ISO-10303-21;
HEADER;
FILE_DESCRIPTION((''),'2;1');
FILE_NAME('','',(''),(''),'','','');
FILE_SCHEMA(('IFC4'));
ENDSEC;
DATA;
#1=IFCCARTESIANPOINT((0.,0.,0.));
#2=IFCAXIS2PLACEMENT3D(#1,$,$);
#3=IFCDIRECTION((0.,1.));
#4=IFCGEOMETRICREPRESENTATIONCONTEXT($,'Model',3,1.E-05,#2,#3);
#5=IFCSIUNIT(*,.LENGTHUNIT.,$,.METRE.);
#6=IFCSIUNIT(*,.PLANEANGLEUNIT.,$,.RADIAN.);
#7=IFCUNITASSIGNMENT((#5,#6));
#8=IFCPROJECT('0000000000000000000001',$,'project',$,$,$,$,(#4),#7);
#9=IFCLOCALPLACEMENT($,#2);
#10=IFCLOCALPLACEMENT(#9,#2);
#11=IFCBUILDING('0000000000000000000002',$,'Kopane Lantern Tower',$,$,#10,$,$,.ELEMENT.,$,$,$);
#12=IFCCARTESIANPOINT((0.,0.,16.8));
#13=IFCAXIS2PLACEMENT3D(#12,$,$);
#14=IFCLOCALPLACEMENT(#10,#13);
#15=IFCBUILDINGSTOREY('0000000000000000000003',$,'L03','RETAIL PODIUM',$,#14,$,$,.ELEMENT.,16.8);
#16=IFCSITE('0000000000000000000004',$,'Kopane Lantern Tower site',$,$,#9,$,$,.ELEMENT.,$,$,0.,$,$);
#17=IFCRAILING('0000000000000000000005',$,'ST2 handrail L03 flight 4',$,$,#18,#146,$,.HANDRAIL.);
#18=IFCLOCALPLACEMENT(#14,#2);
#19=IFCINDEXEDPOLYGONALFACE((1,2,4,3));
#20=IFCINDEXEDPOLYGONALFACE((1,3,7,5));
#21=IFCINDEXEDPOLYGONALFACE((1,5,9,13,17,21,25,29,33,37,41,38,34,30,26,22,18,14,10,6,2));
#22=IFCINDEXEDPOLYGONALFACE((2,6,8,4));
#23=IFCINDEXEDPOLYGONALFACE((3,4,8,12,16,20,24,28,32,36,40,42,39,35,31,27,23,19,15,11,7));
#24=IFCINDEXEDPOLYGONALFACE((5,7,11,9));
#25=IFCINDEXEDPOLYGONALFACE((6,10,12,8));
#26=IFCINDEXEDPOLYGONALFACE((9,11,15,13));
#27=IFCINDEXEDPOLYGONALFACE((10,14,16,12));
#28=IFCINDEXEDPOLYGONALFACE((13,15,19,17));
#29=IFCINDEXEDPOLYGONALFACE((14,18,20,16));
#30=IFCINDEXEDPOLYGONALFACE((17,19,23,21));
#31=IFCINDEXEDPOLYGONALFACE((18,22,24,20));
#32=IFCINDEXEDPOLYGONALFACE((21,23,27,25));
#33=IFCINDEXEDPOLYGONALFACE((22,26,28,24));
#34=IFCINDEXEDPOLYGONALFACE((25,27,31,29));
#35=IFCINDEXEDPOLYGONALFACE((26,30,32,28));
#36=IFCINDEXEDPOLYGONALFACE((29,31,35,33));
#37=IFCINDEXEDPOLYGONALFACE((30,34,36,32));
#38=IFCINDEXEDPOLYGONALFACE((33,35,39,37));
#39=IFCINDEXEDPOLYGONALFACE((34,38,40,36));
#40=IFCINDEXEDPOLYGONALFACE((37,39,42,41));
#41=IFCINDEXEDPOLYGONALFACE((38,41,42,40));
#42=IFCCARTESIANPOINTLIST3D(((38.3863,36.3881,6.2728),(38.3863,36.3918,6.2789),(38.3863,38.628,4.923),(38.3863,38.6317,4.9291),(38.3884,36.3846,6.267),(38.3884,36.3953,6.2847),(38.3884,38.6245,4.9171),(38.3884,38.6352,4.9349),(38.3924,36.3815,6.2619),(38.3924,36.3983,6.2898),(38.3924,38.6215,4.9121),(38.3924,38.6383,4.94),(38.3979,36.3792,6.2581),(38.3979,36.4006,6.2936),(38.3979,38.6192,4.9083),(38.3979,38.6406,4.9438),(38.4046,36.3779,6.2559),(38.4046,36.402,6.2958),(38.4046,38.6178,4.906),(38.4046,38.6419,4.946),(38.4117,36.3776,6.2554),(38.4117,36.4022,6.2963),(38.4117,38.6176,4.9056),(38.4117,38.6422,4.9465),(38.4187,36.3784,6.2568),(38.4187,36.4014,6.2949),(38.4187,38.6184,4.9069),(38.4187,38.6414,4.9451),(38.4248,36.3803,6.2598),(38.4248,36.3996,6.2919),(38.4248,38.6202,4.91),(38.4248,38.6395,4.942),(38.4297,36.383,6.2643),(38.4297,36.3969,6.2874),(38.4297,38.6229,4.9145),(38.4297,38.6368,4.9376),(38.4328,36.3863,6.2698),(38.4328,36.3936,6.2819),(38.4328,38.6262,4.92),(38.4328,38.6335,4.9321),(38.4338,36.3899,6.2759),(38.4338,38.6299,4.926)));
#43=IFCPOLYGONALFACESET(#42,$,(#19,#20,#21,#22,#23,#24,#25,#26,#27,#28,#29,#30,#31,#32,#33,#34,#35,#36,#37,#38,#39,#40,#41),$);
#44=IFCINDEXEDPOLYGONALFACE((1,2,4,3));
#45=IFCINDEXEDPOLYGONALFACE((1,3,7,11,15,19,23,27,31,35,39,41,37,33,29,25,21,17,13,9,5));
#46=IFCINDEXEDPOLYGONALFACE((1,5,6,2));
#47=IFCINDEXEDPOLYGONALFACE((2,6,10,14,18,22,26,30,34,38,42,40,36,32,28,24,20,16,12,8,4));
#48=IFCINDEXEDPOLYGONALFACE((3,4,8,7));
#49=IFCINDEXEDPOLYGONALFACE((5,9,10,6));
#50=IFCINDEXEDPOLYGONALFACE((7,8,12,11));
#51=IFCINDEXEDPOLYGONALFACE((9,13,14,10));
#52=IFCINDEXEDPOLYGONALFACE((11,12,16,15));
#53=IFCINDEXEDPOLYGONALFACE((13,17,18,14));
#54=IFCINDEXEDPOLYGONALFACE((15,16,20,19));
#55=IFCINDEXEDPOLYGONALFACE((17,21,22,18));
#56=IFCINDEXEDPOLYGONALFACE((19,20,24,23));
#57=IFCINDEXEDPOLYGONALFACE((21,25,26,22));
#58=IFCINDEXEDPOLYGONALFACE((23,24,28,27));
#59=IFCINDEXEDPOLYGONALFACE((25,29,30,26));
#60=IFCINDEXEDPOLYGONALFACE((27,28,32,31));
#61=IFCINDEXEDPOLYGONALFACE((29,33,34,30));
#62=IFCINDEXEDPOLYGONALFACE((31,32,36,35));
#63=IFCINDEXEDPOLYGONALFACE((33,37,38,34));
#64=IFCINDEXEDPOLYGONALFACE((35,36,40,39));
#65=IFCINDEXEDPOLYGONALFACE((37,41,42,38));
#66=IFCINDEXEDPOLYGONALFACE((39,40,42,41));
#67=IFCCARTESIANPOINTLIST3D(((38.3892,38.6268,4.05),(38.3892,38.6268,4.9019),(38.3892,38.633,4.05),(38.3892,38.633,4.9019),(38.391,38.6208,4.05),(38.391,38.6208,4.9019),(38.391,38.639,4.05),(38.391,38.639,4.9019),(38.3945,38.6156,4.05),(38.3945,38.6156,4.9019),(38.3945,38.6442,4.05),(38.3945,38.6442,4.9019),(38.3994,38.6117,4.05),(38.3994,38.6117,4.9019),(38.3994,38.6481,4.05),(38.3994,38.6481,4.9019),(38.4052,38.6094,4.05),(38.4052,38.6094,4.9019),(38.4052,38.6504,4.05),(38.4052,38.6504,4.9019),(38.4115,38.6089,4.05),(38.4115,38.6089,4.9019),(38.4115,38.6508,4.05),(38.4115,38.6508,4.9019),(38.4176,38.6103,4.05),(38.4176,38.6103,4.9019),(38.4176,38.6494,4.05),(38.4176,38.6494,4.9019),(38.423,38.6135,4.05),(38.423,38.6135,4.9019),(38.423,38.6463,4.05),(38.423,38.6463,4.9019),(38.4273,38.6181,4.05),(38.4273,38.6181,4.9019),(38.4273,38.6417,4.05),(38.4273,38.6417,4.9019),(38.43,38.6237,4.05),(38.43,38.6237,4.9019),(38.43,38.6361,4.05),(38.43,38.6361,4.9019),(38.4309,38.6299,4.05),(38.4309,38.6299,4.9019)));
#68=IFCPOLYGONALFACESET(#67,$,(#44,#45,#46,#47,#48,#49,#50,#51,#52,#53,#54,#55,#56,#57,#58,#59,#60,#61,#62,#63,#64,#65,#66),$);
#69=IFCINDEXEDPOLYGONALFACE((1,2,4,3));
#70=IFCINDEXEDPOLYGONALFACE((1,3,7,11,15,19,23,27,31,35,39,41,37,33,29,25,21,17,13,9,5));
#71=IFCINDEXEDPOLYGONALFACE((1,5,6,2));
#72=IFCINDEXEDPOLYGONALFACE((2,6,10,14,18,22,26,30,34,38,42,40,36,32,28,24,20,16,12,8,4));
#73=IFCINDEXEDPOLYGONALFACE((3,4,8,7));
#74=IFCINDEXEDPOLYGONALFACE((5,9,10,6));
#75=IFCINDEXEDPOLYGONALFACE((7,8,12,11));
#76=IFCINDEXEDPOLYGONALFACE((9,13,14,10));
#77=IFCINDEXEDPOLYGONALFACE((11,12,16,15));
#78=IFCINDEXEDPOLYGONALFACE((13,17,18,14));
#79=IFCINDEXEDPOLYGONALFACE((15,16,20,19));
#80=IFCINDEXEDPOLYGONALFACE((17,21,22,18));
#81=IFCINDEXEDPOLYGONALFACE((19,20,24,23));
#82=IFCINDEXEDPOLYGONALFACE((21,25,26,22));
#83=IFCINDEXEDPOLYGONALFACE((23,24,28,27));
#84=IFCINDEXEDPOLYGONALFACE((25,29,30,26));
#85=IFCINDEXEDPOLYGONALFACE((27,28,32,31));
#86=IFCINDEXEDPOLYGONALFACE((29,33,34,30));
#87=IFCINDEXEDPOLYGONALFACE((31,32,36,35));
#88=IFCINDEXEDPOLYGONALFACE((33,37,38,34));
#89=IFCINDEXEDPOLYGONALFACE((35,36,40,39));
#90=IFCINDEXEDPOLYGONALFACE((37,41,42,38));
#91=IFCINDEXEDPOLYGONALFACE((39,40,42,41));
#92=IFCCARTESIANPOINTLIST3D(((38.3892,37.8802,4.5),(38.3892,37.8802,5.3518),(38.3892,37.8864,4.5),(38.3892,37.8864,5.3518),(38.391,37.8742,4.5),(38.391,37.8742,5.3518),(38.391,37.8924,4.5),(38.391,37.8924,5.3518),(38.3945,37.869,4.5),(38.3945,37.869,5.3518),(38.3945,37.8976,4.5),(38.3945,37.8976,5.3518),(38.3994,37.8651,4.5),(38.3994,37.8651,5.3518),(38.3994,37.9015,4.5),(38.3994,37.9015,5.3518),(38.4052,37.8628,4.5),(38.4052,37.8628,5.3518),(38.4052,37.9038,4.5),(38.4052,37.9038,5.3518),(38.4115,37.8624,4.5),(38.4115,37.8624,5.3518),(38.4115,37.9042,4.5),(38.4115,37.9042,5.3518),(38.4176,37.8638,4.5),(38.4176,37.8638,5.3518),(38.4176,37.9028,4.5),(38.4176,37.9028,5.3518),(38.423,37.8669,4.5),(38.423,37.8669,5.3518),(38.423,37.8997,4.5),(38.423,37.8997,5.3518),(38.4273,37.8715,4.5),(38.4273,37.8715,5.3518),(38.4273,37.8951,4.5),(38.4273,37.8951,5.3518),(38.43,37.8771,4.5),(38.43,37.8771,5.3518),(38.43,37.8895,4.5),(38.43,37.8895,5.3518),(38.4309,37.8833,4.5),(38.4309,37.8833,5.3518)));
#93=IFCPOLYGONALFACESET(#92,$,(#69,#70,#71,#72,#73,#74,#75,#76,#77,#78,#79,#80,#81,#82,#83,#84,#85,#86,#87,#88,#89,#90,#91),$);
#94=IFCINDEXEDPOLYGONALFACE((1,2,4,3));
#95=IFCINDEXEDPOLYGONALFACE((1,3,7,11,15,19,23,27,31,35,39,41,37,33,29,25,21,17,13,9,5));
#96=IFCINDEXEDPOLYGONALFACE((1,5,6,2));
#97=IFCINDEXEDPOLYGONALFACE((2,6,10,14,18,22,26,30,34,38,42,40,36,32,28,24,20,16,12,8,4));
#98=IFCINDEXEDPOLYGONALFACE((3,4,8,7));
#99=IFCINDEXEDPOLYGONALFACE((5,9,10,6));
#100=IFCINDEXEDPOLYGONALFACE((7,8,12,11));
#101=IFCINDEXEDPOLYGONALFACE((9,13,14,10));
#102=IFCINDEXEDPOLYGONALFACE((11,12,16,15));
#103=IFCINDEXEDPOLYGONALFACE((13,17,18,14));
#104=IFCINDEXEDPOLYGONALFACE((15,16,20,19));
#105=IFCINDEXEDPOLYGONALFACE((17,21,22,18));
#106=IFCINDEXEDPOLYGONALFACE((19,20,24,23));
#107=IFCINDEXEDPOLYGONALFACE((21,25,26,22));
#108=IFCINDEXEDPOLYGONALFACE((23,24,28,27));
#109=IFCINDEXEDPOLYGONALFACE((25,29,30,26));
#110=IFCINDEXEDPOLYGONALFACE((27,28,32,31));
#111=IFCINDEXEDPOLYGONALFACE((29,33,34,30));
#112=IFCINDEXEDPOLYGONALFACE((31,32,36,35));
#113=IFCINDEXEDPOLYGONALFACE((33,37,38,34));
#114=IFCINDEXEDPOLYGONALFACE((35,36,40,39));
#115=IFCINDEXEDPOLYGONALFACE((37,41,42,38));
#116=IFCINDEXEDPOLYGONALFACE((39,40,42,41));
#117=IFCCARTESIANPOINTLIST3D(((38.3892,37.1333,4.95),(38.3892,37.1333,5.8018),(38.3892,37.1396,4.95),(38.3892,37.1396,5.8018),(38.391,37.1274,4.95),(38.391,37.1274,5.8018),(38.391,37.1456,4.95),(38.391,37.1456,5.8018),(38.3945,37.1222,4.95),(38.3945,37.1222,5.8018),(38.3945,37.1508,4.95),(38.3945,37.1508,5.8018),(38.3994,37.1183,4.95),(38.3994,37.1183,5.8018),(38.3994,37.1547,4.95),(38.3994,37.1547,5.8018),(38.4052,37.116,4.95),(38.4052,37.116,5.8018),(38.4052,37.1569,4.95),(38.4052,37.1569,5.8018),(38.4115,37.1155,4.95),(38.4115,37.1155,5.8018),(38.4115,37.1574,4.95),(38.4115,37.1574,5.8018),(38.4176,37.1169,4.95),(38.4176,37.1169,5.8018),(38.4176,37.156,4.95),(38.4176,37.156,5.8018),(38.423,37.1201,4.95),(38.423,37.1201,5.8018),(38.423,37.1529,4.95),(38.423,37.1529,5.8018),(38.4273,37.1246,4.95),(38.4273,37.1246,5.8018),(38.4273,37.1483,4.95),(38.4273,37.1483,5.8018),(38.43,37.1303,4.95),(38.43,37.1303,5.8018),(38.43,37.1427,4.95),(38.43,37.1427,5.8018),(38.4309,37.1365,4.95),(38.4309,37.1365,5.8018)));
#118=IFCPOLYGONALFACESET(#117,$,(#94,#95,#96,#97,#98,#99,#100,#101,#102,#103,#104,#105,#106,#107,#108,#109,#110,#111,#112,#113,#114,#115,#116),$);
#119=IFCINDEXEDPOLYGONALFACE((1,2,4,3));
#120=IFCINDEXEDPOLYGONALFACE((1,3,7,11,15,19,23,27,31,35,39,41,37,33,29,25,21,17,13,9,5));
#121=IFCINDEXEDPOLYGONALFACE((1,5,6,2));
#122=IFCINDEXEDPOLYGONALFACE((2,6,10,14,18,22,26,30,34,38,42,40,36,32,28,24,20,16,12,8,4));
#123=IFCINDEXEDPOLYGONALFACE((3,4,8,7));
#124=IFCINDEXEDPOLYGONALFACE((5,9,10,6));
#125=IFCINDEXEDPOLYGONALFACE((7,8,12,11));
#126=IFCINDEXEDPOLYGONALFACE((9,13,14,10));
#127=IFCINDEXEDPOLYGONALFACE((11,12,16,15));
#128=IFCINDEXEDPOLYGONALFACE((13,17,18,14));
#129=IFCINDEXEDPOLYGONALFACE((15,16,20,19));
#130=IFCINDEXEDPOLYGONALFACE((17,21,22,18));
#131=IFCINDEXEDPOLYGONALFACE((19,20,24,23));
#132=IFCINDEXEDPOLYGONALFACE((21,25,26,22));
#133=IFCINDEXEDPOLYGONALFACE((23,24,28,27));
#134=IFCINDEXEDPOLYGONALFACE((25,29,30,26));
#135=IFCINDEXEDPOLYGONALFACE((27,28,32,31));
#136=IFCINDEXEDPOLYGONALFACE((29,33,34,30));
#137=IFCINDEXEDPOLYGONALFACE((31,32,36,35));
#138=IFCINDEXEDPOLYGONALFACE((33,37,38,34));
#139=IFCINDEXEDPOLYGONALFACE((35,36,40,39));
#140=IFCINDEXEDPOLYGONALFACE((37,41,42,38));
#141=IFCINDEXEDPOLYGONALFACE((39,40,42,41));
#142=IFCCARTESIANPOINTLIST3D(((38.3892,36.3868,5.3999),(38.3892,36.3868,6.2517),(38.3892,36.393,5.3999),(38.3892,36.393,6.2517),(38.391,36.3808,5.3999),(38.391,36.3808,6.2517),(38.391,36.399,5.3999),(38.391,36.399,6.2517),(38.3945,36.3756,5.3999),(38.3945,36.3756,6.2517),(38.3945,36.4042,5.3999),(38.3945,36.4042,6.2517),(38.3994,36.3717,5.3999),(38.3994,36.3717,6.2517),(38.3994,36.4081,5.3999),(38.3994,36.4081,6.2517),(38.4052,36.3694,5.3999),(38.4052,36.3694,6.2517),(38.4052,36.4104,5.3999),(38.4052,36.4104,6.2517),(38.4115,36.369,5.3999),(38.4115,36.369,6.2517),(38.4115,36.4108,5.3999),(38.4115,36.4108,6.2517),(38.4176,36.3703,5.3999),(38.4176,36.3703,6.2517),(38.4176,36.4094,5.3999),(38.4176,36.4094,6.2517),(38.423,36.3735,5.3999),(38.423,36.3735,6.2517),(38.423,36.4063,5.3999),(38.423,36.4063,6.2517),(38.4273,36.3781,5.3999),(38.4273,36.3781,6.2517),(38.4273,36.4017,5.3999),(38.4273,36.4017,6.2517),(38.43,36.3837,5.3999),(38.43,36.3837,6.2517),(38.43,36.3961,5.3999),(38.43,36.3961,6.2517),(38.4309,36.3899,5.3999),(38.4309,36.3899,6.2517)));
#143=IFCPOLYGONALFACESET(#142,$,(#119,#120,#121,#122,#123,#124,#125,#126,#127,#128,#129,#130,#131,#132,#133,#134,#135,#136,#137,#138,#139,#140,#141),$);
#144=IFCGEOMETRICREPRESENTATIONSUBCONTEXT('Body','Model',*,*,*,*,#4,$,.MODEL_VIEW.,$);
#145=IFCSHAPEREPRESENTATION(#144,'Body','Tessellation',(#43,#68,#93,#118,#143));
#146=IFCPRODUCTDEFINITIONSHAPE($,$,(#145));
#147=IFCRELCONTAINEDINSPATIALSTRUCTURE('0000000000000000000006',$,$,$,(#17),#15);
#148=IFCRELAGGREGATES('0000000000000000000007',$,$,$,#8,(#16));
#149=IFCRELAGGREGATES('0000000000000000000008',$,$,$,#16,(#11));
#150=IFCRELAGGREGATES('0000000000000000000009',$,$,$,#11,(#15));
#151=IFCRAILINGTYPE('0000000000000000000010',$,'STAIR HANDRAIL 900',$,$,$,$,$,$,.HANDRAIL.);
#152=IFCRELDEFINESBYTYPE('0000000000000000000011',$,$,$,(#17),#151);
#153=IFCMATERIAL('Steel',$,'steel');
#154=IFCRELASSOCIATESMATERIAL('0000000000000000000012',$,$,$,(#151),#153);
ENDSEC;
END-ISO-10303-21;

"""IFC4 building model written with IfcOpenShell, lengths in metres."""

from ifc_helpers import new_model, si_unit, direction, frame, origin, origin_2d, place, context, subcontext, project, spatial, circle, extrude, material, type_object, element, save


model = new_model("IFC4")

# Units and contexts
model_context = context("Model", 3, precision=1e-05, world=origin(), true_north=direction((0.0, 1.0)))
body_context = subcontext(model_context, "Body", "Model", "MODEL_VIEW")
ifc_project = project(units=[si_unit("LENGTHUNIT", "METRE"), si_unit("PLANEANGLEUNIT", "RADIAN")], contexts=[model_context])

# Site, building, storey
site_placement = place(None, origin())
site = spatial("IfcSite", under=ifc_project, at=site_placement, Name="Kopane Lantern Tower site", CompositionType="ELEMENT", RefElevation=0.0)
building_placement = place(site_placement, origin())
building = spatial("IfcBuilding", under=site, at=building_placement, Name="Kopane Lantern Tower", CompositionType="ELEMENT")
storey_placement = place(building_placement, frame((0.0, 0.0, 16.8)))
storey = spatial("IfcBuildingStorey", under=building, at=storey_placement, Name="L03", Description="RETAIL PODIUM", CompositionType="ELEMENT", Elevation=16.8)

# Railing
ifc_material_1 = material(Name="Steel", Category="steel")
railing_type_1 = type_object("IfcRailingType", Name="STAIR HANDRAIL 900", PredefinedType="HANDRAIL", material=ifc_material_1)
for number, where, name in (
    (1, (38.4099, 38.6299, 4.05), "ST2 handrail L03 flight 4"),
):
    element("IfcRailing", number, at=place(storey_placement, frame(where)), inside=storey, type_object=railing_type_1, Name=name, PredefinedType="HANDRAIL", context=body_context, shape_type="SweptSolid", body=[
        extrude(circle(Radius=0.0239, at=origin_2d()), frame((0.0, 0.0, 0.876), z_axis=(0.0, -0.856503, 0.516142), x_axis=(1.0, 0.0, 0.0)), (0.0, 0.0, 1.0), 2.6152),
        extrude(circle(Radius=0.021, at=origin_2d()), origin(), (0.0, 0.0, 1.0), 0.8518),
        extrude(circle(Radius=0.021, at=origin_2d()), frame((0.0, -0.7466, 0.45)), (0.0, 0.0, 1.0), 0.8518),
        extrude(circle(Radius=0.021, at=origin_2d()), frame((0.0, -1.4934, 0.8999)), (0.0, 0.0, 1.0), 0.8518),
        extrude(circle(Radius=0.021, at=origin_2d()), frame((0.0, -2.24, 1.3499)), (0.0, 0.0, 1.0), 0.8518),
    ])

save(model, "model.ifc")
